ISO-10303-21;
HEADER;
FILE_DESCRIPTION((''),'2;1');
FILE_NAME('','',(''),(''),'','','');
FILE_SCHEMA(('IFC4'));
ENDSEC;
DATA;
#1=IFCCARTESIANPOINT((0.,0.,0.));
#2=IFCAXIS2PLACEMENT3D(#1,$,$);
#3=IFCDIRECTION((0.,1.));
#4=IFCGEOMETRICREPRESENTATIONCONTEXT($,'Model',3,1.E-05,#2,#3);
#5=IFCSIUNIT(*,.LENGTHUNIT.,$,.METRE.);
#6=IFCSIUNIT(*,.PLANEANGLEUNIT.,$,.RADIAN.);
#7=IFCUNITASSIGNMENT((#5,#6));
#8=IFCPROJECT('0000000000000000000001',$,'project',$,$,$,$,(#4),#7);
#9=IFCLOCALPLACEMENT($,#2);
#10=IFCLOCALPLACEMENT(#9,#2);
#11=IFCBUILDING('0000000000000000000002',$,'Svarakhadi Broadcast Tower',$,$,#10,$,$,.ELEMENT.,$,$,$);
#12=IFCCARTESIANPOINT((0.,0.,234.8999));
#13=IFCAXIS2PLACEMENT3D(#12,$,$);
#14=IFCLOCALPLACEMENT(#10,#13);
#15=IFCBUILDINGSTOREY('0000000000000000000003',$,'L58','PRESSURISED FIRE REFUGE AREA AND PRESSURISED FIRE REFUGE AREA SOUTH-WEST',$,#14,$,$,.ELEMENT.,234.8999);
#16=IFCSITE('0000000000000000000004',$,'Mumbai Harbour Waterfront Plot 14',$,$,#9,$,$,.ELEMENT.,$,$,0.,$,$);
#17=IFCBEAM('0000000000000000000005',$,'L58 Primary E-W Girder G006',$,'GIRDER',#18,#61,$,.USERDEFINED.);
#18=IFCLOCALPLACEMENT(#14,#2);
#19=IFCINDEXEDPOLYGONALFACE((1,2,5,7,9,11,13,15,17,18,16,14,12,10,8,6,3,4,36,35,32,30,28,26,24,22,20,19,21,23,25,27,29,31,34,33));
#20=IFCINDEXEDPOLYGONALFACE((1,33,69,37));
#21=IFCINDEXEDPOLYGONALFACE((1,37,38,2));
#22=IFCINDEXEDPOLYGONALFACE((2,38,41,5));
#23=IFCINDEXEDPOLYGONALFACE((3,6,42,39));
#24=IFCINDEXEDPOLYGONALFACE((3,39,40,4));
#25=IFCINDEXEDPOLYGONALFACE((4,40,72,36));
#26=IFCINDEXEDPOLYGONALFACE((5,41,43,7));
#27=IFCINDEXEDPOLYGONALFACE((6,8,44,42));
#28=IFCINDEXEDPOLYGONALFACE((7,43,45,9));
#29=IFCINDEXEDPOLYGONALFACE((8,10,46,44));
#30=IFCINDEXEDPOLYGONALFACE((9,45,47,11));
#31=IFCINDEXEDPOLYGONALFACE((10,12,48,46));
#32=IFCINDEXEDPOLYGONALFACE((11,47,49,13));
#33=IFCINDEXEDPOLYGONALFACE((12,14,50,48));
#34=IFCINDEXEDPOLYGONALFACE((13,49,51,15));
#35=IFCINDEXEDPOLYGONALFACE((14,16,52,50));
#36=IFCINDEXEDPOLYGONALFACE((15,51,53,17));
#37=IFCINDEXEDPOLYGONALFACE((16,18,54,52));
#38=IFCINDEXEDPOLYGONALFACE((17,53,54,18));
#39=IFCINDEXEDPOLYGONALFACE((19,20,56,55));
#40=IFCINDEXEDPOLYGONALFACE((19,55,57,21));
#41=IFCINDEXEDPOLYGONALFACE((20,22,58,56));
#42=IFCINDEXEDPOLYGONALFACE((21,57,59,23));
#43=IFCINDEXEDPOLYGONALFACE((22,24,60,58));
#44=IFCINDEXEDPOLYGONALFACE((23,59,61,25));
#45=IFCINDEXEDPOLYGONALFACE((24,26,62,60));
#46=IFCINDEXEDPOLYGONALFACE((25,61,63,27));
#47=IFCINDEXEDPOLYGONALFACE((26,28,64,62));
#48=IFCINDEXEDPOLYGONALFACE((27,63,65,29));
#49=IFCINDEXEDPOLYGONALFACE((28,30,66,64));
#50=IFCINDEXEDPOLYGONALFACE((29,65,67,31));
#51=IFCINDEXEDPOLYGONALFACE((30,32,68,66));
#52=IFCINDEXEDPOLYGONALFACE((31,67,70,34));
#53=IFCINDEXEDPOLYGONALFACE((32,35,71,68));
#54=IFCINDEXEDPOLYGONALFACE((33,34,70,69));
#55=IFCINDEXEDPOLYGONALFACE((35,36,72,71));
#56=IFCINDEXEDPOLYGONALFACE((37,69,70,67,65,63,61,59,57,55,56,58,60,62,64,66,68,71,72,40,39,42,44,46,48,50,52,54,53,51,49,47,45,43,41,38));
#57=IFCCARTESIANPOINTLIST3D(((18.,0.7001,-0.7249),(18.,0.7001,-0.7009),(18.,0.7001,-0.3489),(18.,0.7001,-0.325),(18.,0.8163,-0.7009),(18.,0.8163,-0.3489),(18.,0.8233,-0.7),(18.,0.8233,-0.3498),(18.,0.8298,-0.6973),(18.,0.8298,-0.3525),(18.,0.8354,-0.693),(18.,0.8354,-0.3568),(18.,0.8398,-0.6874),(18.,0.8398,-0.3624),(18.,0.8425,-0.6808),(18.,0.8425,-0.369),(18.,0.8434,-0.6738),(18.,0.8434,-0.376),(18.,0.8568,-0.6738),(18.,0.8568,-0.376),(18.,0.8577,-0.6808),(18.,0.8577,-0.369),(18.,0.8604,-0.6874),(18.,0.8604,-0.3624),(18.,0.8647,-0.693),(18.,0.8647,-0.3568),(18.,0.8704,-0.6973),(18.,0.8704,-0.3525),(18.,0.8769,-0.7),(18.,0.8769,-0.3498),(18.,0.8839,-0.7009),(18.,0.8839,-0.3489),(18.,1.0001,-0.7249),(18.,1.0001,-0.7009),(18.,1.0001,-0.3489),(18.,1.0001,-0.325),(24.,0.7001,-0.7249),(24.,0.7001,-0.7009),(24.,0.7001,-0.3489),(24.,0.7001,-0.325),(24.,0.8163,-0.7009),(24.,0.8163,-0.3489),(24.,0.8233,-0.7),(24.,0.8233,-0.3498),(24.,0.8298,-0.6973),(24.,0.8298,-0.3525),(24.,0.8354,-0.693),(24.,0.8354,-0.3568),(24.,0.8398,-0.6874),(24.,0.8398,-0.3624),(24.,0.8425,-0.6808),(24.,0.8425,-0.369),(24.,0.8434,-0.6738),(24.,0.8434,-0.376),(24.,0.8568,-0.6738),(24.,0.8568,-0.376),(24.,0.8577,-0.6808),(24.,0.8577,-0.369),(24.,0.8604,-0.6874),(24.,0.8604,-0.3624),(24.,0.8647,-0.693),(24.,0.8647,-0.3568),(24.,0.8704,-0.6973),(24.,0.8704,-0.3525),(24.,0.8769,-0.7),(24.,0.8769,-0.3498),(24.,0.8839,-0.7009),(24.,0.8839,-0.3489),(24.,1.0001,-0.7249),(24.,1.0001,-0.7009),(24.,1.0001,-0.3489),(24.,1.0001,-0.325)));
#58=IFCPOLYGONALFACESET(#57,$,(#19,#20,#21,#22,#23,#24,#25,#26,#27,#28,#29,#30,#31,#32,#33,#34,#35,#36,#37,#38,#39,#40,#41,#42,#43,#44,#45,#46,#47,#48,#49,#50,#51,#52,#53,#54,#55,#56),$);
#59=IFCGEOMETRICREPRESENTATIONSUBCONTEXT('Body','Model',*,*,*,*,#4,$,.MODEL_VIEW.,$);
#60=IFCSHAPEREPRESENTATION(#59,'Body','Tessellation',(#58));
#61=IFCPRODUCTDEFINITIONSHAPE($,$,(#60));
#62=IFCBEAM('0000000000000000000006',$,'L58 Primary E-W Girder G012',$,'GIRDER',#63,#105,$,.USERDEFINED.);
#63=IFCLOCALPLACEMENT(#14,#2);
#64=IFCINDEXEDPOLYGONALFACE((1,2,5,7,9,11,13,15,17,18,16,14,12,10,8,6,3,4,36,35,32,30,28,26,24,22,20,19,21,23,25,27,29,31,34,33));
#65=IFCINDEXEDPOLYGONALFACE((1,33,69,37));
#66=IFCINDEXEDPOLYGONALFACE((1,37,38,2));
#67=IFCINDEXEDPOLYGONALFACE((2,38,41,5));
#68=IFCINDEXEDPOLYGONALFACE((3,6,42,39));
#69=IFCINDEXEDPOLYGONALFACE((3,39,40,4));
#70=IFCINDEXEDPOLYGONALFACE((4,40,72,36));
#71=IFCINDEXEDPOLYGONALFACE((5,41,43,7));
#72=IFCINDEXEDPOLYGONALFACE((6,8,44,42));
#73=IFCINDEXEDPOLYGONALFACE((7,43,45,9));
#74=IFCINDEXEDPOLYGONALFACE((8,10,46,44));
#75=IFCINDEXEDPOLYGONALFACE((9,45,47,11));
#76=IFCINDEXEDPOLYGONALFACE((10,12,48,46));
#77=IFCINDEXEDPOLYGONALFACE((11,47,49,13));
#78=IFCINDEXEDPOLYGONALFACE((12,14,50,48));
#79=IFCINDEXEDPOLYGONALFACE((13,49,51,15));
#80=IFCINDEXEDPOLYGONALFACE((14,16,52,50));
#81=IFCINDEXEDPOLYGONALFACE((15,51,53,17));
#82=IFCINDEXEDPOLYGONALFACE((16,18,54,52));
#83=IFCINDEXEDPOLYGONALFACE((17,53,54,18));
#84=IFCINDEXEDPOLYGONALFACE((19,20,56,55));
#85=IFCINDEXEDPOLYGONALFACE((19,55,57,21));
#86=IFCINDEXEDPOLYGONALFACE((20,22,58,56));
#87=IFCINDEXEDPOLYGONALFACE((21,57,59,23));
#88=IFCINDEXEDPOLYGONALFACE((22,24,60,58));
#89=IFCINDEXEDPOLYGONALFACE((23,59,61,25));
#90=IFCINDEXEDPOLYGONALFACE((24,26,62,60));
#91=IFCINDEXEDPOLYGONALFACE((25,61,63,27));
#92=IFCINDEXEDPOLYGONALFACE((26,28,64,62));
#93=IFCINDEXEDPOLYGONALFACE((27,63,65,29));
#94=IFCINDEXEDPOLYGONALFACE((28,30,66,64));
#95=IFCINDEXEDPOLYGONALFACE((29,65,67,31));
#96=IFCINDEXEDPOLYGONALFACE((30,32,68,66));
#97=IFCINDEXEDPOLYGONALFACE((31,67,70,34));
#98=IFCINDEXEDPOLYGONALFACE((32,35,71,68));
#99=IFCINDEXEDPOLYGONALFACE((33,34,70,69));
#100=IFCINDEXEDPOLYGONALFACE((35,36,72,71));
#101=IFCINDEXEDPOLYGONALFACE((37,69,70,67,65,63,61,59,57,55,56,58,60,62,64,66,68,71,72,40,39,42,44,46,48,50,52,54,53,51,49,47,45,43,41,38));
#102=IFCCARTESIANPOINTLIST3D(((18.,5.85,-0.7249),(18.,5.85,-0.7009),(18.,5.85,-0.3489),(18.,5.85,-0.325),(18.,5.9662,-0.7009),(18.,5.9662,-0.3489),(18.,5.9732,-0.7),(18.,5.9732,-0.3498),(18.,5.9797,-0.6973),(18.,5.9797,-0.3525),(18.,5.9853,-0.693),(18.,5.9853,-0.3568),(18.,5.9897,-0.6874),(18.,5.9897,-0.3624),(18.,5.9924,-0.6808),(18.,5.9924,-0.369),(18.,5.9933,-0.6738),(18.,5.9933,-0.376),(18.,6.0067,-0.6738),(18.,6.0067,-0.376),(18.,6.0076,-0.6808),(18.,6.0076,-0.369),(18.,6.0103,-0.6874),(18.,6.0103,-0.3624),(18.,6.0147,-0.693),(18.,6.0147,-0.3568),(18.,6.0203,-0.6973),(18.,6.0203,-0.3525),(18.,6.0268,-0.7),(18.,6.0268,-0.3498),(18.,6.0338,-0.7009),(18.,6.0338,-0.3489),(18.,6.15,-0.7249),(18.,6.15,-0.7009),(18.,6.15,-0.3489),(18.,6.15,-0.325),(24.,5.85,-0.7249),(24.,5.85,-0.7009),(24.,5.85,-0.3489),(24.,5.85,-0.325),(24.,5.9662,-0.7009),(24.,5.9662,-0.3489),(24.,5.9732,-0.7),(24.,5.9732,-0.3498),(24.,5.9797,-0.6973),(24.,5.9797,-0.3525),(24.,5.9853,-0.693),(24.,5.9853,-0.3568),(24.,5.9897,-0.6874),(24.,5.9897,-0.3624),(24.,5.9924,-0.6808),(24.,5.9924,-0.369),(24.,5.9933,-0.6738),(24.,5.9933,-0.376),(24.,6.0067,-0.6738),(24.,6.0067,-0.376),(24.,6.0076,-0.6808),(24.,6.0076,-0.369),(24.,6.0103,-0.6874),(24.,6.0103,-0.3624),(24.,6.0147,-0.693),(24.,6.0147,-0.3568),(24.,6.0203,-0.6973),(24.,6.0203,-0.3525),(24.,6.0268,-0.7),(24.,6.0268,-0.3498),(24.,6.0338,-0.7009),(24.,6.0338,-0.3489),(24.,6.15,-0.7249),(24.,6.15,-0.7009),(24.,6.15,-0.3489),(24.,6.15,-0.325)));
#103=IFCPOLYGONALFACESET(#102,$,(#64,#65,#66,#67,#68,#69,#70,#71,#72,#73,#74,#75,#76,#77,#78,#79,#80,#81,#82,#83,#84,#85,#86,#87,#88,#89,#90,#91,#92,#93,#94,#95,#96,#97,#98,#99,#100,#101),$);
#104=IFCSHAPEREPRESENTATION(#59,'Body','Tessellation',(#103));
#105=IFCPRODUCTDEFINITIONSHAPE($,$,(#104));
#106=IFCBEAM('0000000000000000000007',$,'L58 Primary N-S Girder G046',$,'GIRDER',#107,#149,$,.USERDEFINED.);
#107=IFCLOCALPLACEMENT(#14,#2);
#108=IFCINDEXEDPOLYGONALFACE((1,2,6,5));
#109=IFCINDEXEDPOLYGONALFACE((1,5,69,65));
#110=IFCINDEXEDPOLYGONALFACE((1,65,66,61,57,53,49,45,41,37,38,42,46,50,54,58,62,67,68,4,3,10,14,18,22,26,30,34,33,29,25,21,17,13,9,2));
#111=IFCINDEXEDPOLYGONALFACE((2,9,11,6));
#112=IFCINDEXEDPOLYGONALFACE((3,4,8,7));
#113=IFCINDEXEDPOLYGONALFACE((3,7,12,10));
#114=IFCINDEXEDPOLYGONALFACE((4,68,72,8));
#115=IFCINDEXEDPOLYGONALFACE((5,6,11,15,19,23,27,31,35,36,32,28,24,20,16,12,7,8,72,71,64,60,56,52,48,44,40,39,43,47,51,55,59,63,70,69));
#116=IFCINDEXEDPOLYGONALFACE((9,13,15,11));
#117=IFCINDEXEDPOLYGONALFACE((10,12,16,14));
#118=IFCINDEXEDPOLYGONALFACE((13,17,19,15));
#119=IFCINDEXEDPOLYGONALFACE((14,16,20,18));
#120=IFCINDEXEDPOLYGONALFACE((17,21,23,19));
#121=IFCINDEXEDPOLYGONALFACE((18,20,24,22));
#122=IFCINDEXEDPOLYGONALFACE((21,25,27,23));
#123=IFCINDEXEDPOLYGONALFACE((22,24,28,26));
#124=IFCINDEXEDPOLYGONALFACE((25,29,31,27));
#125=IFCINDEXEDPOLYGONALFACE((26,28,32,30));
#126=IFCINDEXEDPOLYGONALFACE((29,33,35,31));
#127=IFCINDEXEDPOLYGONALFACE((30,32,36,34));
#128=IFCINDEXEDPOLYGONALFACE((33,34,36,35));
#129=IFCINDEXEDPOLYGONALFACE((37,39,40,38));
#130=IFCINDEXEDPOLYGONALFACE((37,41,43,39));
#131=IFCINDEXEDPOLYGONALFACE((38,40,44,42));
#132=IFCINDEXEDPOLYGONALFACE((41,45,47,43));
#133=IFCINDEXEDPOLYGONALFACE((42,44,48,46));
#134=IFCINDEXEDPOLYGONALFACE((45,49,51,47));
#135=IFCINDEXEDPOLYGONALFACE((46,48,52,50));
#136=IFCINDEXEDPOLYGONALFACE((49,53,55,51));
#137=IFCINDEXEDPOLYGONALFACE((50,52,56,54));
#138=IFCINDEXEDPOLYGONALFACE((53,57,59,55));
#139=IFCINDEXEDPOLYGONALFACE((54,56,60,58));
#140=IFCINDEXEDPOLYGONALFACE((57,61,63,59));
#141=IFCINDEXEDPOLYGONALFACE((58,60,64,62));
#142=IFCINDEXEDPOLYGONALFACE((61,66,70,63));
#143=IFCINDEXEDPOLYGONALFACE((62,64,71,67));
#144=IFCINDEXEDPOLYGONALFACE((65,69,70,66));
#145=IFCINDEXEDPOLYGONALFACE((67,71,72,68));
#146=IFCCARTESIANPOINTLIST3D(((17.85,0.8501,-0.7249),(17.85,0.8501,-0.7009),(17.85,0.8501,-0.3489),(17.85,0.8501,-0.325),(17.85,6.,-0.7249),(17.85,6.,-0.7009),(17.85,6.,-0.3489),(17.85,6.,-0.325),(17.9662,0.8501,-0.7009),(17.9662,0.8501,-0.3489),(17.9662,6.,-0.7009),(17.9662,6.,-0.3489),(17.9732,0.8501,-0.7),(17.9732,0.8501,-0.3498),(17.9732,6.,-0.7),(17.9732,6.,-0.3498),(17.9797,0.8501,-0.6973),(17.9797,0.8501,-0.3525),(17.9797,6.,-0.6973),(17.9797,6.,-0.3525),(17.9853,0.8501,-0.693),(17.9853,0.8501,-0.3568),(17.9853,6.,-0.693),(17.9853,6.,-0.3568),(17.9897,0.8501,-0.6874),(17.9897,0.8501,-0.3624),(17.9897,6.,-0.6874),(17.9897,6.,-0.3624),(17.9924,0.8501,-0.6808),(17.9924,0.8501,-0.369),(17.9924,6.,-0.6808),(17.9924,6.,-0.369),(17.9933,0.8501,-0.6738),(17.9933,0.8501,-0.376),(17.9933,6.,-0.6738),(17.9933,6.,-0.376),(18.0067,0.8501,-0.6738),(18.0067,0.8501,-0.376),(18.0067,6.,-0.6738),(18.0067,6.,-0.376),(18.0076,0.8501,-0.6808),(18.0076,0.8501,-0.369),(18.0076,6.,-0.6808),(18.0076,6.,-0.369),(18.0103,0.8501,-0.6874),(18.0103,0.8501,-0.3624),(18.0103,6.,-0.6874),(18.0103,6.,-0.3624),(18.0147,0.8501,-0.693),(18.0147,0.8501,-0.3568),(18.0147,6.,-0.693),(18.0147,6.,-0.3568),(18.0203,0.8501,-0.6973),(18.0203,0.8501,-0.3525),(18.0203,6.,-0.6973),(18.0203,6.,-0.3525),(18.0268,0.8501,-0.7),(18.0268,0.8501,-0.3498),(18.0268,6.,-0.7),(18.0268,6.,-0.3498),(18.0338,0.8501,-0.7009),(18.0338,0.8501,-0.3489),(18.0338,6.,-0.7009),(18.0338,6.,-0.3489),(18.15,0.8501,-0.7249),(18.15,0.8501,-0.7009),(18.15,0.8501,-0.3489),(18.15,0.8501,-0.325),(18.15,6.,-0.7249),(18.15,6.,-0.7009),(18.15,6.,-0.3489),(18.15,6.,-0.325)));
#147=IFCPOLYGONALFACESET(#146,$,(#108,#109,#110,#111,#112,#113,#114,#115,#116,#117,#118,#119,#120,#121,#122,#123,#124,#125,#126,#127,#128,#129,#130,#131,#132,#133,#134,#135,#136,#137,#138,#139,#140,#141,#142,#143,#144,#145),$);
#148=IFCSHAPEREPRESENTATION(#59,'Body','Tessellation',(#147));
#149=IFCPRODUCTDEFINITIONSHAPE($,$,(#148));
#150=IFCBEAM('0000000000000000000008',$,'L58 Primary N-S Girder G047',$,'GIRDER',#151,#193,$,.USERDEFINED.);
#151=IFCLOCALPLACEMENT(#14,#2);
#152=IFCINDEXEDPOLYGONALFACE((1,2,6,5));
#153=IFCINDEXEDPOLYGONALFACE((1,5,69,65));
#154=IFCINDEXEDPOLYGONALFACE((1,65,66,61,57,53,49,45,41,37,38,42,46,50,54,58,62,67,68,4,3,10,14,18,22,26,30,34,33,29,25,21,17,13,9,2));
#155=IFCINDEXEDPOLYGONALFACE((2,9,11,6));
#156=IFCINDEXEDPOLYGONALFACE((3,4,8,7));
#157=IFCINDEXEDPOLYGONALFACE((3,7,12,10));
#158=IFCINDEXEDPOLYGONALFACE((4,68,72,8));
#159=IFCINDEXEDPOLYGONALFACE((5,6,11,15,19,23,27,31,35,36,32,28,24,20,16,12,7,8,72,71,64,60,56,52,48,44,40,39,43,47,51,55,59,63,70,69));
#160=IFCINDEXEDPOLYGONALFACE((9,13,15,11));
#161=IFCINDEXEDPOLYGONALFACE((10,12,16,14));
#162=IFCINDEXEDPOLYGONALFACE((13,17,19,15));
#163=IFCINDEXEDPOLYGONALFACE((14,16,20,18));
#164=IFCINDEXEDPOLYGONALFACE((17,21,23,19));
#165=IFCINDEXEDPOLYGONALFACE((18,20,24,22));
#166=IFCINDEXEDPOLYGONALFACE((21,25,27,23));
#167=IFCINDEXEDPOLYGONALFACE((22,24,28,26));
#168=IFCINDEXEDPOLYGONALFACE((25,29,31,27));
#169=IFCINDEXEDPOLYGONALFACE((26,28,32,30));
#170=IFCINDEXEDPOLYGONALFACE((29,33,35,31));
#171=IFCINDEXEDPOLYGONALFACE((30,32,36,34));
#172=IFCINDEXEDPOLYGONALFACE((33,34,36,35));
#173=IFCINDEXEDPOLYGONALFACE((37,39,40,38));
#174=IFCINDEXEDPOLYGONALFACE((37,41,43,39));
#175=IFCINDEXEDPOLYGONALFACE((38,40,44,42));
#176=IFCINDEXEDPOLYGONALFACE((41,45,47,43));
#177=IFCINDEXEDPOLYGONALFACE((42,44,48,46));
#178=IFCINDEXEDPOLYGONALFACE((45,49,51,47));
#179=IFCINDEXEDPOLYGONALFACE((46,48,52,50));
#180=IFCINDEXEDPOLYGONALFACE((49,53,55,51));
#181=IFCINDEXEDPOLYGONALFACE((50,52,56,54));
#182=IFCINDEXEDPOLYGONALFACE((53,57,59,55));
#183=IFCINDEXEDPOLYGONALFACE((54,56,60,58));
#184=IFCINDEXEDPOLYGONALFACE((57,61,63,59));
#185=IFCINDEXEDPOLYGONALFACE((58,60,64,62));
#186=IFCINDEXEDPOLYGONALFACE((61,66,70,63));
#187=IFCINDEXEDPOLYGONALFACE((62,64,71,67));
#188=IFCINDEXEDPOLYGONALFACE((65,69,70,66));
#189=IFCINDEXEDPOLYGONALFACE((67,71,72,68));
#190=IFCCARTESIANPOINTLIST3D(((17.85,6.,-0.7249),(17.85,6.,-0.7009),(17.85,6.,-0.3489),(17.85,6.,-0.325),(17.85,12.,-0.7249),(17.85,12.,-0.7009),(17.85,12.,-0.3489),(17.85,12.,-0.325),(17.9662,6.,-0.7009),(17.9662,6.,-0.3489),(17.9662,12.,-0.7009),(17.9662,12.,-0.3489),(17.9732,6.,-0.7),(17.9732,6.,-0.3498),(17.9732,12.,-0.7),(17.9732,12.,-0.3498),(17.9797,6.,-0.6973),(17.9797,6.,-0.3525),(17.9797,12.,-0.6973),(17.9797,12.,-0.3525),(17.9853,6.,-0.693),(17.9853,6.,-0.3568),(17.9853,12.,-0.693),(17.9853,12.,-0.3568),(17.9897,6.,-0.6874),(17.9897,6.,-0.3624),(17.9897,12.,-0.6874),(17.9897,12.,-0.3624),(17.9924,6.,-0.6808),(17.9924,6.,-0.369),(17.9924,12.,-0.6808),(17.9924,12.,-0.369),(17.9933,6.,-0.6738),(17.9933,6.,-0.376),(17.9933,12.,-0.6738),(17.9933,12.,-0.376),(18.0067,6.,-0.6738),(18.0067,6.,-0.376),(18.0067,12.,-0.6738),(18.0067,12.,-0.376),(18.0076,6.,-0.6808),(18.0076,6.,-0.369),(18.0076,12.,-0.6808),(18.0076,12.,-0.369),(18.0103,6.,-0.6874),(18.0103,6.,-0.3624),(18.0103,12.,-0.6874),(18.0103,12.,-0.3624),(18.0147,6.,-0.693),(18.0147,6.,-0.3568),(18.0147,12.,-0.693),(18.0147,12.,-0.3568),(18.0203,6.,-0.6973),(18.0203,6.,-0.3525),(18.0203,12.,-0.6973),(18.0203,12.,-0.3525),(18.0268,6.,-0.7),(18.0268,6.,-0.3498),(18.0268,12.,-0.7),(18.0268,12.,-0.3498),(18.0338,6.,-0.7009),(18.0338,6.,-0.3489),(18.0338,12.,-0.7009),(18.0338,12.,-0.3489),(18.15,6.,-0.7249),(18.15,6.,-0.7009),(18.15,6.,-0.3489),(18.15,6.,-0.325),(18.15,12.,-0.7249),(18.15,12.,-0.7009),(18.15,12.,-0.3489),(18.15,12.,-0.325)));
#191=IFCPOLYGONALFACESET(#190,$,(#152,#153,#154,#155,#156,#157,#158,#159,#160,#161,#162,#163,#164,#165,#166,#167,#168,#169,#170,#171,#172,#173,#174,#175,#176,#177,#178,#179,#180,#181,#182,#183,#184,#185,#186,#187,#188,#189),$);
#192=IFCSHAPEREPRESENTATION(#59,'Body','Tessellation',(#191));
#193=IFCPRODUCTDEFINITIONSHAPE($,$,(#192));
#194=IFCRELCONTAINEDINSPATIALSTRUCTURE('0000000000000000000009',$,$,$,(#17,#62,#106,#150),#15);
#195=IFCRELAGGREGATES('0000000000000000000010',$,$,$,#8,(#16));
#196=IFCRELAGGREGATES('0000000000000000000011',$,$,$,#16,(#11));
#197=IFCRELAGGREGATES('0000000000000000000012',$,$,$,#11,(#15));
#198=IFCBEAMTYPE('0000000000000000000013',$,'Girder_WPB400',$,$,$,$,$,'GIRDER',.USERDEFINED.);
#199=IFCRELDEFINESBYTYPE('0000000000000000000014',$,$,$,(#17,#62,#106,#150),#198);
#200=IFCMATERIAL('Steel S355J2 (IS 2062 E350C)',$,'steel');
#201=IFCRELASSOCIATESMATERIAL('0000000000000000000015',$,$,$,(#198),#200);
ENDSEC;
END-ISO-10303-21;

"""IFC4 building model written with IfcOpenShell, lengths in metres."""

from ifc_helpers import new_model, si_unit, direction, frame, origin, origin_2d, place, context, subcontext, project, spatial, i_section, extrude, material, material_profile, profile_set, type_object, element, save


model = new_model("IFC4")

# Units and contexts
model_context = context("Model", 3, precision=1e-05, world=origin(), true_north=direction((0.0, 1.0)))
body_context = subcontext(model_context, "Body", "Model", "MODEL_VIEW")
ifc_project = project(units=[si_unit("LENGTHUNIT", "METRE"), si_unit("PLANEANGLEUNIT", "RADIAN")], contexts=[model_context])

# Site, building, storey
site_placement = place(None, origin())
site = spatial("IfcSite", under=ifc_project, at=site_placement, Name="Mumbai Harbour Waterfront Plot 14", CompositionType="ELEMENT", RefElevation=0.0)
building_placement = place(site_placement, origin())
building = spatial("IfcBuilding", under=site, at=building_placement, Name="Svarakhadi Broadcast Tower", CompositionType="ELEMENT")
storey_placement = place(building_placement, frame((0.0, 0.0, 234.8999)))
storey = spatial("IfcBuildingStorey", under=building, at=storey_placement, Name="L58", Description="PRESSURISED FIRE REFUGE AREA AND PRESSURISED FIRE REFUGE AREA SOUTH-WEST", CompositionType="ELEMENT", Elevation=234.8999)

# Shared definitions
ifc_material_1 = material(Name="Steel S355J2 (IS 2062 E350C)", Category="steel")

# Beams
ifc_material_profile_1 = material_profile(ifc_material_1, i_section(OverallWidth=0.3, OverallDepth=0.3999, WebThickness=0.0134, FlangeThickness=0.0239, FilletRadius=0.0271, at=origin_2d()), Name="WPB 400x300x155")
ifc_profile_set_1 = profile_set([ifc_material_profile_1], Name="Steel S355J2 (IS 2062 E350C)")
beam_type_1 = type_object("IfcBeamType", Name="Girder_WPB400", ElementType="GIRDER", PredefinedType="USERDEFINED", material=ifc_profile_set_1)
for number, where, z_axis, x_axis, name in (
    (1, (18.0, 0.8501, -0.5249), (1.0, 0.0, 0.0), (0.0, 1.0, 0.0), "L58 Primary E-W Girder G006"),
    (2, (18.0, 6.0, -0.5249), (1.0, 0.0, 0.0), (0.0, 1.0, 0.0), "L58 Primary E-W Girder G012"),
):
    element("IfcBeam", number, at=place(storey_placement, frame(where, z_axis=z_axis, x_axis=x_axis)), inside=storey, type_object=beam_type_1, Name=name, ObjectType="GIRDER", PredefinedType="USERDEFINED", context=body_context, shape_type="SweptSolid", body=[
        extrude(i_section(OverallWidth=0.3, OverallDepth=0.3999, WebThickness=0.0134, FlangeThickness=0.0239, FilletRadius=0.0271, at=origin_2d()), origin(), (0.0, 0.0, 1.0), 6.0),
    ])
beam_1_placement = place(storey_placement, frame((18.0, 0.8501, -0.5249), z_axis=(0.0, 1.0, 0.0), x_axis=(-1.0, 0.0, 0.0)))
element("IfcBeam", 3, at=beam_1_placement, inside=storey, type_object=beam_type_1, Name="L58 Primary N-S Girder G046", ObjectType="GIRDER", PredefinedType="USERDEFINED", context=body_context, shape_type="SweptSolid", body=[
    extrude(i_section(OverallWidth=0.3, OverallDepth=0.3999, WebThickness=0.0134, FlangeThickness=0.0239, FilletRadius=0.0271, at=origin_2d()), origin(), (0.0, 0.0, 1.0), 5.1499),
])
beam_2_placement = place(storey_placement, frame((18.0, 6.0, -0.5249), z_axis=(0.0, 1.0, 0.0), x_axis=(-1.0, 0.0, 0.0)))
element("IfcBeam", 4, at=beam_2_placement, inside=storey, type_object=beam_type_1, Name="L58 Primary N-S Girder G047", ObjectType="GIRDER", PredefinedType="USERDEFINED", context=body_context, shape_type="SweptSolid", body=[
    extrude(i_section(OverallWidth=0.3, OverallDepth=0.3999, WebThickness=0.0134, FlangeThickness=0.0239, FilletRadius=0.0271, at=origin_2d()), origin(), (0.0, 0.0, 1.0), 6.0),
])

save(model, "model.ifc")
